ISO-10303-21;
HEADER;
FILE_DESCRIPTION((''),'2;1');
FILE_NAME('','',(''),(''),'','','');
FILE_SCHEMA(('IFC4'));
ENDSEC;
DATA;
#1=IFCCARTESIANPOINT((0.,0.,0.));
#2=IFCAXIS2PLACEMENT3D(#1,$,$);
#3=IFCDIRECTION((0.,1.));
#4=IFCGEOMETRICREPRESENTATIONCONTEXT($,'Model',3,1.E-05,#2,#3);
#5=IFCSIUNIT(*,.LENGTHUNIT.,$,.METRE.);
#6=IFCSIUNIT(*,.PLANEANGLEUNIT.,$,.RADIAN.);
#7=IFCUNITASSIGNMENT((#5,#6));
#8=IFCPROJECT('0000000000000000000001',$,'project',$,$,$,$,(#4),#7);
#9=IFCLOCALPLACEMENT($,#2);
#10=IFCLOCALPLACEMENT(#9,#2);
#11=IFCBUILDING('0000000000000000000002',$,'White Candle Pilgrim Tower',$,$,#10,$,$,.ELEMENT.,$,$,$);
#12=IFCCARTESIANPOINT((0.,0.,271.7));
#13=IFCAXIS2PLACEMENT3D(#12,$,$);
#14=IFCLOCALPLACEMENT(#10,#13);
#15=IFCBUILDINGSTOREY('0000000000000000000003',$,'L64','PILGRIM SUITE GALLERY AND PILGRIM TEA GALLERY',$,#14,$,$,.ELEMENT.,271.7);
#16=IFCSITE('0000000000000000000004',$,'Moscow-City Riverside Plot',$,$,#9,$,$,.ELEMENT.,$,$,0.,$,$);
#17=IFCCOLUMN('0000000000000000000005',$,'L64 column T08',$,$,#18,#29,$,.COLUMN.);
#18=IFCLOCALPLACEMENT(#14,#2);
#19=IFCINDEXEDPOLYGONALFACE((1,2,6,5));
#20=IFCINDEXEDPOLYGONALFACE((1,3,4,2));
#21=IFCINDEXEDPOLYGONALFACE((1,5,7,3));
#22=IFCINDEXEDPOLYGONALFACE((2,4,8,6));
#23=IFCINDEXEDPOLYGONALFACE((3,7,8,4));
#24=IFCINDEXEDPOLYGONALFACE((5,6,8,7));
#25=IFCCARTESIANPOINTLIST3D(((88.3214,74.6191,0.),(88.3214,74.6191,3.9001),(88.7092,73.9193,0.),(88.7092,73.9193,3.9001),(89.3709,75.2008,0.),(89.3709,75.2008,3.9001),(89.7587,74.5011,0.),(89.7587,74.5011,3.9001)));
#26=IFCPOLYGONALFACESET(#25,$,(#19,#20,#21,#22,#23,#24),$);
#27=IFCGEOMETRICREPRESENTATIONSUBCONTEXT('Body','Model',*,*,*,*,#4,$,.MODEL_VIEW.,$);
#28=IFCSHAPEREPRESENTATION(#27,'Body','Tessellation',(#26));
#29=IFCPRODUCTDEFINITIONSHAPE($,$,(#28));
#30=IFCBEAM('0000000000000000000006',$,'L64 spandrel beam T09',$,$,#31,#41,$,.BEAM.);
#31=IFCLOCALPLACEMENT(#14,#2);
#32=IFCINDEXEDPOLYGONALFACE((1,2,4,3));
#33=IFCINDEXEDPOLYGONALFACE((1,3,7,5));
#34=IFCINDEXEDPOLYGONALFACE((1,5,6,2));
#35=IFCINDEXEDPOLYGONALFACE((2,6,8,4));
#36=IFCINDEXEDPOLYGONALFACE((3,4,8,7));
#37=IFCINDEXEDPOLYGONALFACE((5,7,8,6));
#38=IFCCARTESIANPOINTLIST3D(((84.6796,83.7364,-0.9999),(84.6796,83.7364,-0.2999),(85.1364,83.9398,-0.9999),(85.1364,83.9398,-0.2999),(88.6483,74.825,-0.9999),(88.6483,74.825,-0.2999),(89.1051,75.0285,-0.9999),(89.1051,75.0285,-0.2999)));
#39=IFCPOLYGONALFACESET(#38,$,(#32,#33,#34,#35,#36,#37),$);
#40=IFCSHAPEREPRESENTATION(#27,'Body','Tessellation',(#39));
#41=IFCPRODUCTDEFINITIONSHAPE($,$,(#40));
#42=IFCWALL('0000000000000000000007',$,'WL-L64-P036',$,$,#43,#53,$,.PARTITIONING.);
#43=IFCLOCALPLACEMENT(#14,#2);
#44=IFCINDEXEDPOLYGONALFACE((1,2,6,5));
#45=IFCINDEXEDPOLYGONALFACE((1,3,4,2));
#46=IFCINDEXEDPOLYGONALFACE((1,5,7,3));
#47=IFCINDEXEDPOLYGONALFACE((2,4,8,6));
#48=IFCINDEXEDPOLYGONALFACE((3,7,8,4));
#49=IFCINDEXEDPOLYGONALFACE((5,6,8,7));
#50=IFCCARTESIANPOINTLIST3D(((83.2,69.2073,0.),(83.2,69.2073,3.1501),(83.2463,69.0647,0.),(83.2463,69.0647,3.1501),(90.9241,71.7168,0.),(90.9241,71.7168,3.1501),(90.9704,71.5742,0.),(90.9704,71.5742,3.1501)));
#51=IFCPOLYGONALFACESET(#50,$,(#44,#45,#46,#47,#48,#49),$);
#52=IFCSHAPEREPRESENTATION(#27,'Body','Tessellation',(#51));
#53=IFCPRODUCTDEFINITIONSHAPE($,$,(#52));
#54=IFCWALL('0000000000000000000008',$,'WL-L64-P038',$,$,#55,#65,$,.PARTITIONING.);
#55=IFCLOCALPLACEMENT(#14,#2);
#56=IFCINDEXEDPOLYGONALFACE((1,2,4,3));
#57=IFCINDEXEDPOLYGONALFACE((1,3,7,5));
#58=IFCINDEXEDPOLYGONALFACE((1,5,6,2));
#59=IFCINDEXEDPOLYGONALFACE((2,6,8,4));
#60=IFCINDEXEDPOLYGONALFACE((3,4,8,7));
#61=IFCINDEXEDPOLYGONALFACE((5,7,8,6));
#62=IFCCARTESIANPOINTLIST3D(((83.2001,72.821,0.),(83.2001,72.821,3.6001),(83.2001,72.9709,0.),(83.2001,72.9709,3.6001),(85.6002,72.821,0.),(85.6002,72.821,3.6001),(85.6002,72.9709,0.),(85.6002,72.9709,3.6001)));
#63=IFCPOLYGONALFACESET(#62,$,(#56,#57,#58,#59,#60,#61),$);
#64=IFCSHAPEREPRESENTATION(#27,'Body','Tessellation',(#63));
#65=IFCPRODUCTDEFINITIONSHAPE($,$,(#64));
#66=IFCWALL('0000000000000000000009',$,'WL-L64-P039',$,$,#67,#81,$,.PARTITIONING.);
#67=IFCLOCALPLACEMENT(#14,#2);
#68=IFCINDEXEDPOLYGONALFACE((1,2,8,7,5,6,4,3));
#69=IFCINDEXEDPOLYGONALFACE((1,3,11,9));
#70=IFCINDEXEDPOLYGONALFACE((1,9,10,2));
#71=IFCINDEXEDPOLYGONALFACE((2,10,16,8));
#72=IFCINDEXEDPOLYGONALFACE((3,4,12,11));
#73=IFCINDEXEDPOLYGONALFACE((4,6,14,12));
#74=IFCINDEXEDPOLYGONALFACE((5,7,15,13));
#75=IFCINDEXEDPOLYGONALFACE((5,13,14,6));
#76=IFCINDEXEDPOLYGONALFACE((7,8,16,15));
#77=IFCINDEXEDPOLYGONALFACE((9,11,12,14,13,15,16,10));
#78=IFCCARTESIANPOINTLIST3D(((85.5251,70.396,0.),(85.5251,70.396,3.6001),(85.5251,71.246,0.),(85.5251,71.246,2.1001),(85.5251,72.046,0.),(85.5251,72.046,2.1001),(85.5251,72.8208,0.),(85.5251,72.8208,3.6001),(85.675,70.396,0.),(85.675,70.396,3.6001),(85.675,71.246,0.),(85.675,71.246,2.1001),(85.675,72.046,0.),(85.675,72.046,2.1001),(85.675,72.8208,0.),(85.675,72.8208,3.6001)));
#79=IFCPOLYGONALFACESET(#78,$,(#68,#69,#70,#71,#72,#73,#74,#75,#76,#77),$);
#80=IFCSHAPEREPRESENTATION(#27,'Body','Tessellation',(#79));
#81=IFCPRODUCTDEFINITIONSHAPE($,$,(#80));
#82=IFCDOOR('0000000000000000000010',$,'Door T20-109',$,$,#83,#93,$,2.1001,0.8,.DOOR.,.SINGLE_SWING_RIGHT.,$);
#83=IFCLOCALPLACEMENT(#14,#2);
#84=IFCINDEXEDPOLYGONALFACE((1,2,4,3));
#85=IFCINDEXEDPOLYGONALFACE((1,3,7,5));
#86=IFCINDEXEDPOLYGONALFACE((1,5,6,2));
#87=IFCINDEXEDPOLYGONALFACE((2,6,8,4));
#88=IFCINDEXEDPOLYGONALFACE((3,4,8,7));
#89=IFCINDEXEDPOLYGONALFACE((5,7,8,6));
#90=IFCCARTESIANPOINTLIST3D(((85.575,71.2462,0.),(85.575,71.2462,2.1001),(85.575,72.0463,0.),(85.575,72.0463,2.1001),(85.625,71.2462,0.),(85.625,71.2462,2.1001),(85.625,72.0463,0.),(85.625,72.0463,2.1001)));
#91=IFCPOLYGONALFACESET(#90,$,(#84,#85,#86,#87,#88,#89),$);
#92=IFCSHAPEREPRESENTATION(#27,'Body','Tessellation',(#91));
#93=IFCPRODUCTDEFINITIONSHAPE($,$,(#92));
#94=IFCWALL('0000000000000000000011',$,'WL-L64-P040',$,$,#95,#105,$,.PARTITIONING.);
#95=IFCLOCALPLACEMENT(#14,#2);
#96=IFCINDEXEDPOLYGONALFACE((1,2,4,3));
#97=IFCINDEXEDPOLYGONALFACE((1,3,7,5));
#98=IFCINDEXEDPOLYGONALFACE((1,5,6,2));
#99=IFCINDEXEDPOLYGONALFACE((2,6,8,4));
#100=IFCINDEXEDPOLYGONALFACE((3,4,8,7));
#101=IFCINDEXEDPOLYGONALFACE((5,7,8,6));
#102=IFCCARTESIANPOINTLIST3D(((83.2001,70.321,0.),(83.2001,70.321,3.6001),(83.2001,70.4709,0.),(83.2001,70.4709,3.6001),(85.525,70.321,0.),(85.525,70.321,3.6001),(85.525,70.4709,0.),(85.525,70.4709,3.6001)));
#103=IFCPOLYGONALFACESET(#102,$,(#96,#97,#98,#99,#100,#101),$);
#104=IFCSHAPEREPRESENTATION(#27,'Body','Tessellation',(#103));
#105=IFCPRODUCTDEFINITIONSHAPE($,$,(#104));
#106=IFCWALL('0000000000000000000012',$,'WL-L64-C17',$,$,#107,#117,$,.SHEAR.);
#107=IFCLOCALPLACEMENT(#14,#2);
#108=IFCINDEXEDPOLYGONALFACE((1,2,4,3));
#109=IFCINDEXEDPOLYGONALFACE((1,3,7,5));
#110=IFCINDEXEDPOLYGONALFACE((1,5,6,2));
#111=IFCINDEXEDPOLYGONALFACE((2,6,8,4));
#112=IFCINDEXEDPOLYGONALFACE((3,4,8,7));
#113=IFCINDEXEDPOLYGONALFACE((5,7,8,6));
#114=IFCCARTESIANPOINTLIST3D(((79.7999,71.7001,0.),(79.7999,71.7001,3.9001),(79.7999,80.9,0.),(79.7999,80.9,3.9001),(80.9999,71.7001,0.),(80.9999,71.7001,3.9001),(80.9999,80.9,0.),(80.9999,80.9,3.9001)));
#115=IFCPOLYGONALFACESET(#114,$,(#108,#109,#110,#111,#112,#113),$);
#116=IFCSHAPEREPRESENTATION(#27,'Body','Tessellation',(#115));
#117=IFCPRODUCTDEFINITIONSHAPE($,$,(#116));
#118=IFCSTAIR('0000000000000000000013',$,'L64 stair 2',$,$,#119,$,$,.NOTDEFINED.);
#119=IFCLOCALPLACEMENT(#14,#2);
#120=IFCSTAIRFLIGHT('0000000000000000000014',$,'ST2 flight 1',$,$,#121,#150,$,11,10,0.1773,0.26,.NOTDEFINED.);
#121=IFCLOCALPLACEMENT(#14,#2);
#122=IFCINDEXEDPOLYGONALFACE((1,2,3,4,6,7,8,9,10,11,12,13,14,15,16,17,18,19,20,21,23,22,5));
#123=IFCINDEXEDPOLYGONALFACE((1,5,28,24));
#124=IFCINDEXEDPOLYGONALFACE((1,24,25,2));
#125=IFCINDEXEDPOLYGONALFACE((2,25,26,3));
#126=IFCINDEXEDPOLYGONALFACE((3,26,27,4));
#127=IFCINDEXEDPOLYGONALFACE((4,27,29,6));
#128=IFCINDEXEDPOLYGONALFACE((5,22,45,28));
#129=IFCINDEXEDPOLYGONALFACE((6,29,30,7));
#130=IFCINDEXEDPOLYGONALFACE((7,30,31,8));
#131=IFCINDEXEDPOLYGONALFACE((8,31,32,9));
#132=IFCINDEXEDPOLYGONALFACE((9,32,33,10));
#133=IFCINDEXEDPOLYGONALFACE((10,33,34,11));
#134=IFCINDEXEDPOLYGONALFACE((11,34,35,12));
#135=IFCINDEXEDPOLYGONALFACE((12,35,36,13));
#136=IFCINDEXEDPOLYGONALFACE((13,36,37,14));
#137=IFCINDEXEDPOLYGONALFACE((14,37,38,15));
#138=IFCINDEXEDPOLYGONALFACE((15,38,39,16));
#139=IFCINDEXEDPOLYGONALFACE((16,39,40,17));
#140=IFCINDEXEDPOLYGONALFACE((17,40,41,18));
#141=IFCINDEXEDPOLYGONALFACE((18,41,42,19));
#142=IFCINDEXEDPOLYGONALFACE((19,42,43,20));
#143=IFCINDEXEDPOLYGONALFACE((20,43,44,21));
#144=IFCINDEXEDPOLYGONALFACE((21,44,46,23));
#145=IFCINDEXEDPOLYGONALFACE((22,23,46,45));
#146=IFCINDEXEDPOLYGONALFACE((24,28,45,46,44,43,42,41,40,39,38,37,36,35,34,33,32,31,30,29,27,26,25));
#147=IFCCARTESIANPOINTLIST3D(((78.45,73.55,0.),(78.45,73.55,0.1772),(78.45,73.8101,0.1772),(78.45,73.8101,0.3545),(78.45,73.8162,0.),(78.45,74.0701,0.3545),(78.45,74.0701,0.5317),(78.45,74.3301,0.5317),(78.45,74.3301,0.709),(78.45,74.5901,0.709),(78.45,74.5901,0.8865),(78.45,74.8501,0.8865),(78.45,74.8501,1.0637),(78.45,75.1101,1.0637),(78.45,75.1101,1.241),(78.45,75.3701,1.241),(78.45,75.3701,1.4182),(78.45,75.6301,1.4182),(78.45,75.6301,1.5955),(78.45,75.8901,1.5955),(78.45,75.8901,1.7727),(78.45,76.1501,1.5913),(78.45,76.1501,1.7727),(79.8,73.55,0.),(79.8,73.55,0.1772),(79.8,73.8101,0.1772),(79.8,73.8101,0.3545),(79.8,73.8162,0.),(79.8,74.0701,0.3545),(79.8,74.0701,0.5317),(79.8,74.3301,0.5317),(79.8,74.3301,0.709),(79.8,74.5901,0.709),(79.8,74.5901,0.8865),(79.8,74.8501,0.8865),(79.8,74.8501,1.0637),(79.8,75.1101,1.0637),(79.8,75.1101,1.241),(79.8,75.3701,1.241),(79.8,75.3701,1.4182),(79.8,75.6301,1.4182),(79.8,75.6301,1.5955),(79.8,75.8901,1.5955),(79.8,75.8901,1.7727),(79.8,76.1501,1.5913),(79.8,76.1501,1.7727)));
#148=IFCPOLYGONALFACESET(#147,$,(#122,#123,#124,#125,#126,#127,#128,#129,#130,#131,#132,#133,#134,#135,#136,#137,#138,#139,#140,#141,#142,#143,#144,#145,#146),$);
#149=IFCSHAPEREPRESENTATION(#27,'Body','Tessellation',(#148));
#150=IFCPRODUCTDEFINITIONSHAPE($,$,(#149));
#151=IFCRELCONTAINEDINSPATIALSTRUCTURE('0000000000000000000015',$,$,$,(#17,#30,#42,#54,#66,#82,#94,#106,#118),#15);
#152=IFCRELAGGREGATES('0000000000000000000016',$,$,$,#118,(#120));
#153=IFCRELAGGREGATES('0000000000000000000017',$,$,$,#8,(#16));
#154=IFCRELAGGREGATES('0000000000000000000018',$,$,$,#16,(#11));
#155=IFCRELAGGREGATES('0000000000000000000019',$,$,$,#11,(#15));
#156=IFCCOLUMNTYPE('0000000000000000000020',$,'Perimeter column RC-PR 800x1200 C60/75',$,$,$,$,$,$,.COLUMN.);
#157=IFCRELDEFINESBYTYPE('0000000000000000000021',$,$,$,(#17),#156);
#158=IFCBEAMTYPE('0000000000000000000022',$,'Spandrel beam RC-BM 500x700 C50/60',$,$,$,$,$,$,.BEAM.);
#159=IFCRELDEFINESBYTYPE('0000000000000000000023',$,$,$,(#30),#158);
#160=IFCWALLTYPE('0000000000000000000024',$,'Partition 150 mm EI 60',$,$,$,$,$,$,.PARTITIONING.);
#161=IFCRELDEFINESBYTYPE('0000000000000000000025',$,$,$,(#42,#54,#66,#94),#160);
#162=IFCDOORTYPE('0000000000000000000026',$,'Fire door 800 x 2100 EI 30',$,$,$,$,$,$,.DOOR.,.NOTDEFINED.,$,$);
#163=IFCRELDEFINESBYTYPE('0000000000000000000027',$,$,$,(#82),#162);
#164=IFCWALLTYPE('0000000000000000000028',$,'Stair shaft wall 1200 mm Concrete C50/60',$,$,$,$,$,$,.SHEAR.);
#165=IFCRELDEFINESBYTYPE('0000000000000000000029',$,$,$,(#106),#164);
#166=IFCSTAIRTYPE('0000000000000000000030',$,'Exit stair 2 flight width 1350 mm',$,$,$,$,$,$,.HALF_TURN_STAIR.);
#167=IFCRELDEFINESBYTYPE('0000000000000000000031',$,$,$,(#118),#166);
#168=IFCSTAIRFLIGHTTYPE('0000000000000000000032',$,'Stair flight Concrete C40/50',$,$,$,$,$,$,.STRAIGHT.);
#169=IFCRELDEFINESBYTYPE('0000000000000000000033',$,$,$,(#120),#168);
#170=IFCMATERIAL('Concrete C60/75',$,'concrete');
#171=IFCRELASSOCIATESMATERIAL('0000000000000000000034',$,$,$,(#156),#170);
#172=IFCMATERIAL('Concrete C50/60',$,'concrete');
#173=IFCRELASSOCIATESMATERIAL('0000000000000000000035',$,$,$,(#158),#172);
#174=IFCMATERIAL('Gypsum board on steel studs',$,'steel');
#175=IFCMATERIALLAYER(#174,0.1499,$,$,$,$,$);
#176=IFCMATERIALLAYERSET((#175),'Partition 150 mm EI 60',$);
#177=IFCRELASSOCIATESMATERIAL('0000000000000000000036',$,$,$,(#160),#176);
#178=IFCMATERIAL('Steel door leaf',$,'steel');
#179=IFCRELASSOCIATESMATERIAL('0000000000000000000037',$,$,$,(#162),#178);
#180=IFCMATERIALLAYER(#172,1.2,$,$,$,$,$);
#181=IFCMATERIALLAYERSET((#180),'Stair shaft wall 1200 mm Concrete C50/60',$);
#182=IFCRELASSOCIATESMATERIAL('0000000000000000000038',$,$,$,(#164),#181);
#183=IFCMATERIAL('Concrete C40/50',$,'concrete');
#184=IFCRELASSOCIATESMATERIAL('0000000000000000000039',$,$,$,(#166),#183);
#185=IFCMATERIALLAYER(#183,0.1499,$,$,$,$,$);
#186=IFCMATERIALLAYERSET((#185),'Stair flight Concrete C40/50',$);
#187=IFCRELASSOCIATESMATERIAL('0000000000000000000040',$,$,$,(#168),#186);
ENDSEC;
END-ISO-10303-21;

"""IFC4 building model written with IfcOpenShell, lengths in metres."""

from ifc_helpers import new_model, si_unit, direction, frame, frame_2d, origin, origin_2d, place, context, subcontext, project, spatial, polyline, rectangle, outline, extrude, material, layer, layer_set, material_profile, profile_set, type_object, element, fill, aggregate, save


model = new_model("IFC4")

# Units and contexts
model_context = context("Model", 3, precision=1e-05, world=origin(), true_north=direction((0.0, 1.0)))
body_context = subcontext(model_context, "Body", "Model", "MODEL_VIEW")
ifc_project = project(units=[si_unit("LENGTHUNIT", "METRE"), si_unit("PLANEANGLEUNIT", "RADIAN")], contexts=[model_context])

# Site, building, storey
site_placement = place(None, origin())
site = spatial("IfcSite", under=ifc_project, at=site_placement, Name="Moscow-City Riverside Plot", CompositionType="ELEMENT", RefElevation=0.0)
building_placement = place(site_placement, origin())
building = spatial("IfcBuilding", under=site, at=building_placement, Name="White Candle Pilgrim Tower", CompositionType="ELEMENT")
storey_placement = place(building_placement, frame((0.0, 0.0, 271.7)))
storey = spatial("IfcBuildingStorey", under=building, at=storey_placement, Name="L64", Description="PILGRIM SUITE GALLERY AND PILGRIM TEA GALLERY", CompositionType="ELEMENT", Elevation=271.7)

# Column
ifc_material_1 = material(Name="Concrete C60/75", Category="concrete")
ifc_material_profile_1 = material_profile(ifc_material_1, rectangle(XDim=0.8, YDim=1.2, at=origin_2d()), Name="RC-PR 800x1200")
ifc_profile_set_1 = profile_set([ifc_material_profile_1], Name="Concrete C60/75")
column_type = type_object("IfcColumnType", Name="Perimeter column RC-PR 800x1200 C60/75", PredefinedType="COLUMN", material=ifc_profile_set_1)
column_placement = place(storey_placement, frame((89.04, 74.5601, 0.0), z_axis=(0.0, 0.0, 1.0), x_axis=(0.48481, -0.87462, 0.0)))
element("IfcColumn", 1, at=column_placement, inside=storey, type_object=column_type, Name="L64 column T08", PredefinedType="COLUMN", context=body_context, shape_type="SweptSolid", body=[
    extrude(rectangle(XDim=0.8, YDim=1.2, at=origin_2d()), origin(), (0.0, 0.0, 1.0), 3.9001),
])

# Beam
ifc_material_2 = material(Name="Concrete C50/60", Category="concrete")
ifc_material_profile_2 = material_profile(ifc_material_2, rectangle(XDim=0.5, YDim=0.7, at=origin_2d()), Name="RC-BM 500x700")
ifc_profile_set_2 = profile_set([ifc_material_profile_2], Name="Concrete C50/60")
beam_type = type_object("IfcBeamType", Name="Spandrel beam RC-BM 500x700 C50/60", PredefinedType="BEAM", material=ifc_profile_set_2)
beam_placement = place(storey_placement, frame((88.8767, 74.9268, -0.6499), z_axis=(-0.406835, 0.913502, 0.0), x_axis=(-0.913502, -0.406835, 0.0)))
element("IfcBeam", 2, at=beam_placement, inside=storey, type_object=beam_type, Name="L64 spandrel beam T09", PredefinedType="BEAM", context=body_context, shape_type="SweptSolid", body=[
    extrude(rectangle(XDim=0.5, YDim=0.7, at=origin_2d()), origin(), (0.0, 0.0, 1.0), 9.7551),
])

# Walls
ifc_material_3 = material(Name="Gypsum board on steel studs", Category="steel")
ifc_layer_1 = layer(ifc_material_3, 0.1499)
ifc_layer_set_1 = layer_set([ifc_layer_1], Name="Partition 150 mm EI 60")
wall_type_1 = type_object("IfcWallType", Name="Partition 150 mm EI 60", PredefinedType="PARTITIONING", material=ifc_layer_set_1)
wall_1_placement = place(storey_placement, frame((90.9473, 71.6455, 0.0), z_axis=(0.0, 0.0, 1.0), x_axis=(-0.951064, -0.308995, 0.0)))
element("IfcWall", 3, at=wall_1_placement, inside=storey, type_object=wall_type_1, Name="WL-L64-P036", PredefinedType="PARTITIONING", context=body_context, shape_type="SweptSolid", body=[
    extrude(rectangle(XDim=8.1216, YDim=0.1499, at=frame_2d((4.0608, 0.0))), origin(), (0.0, 0.0, 1.0), 3.1501),
])
wall_2_placement = place(storey_placement, frame((83.2, 72.896, 0.0), z_axis=(0.0, 0.0, 1.0), x_axis=(1.0, 0.0, 0.0)))
element("IfcWall", 4, at=wall_2_placement, inside=storey, type_object=wall_type_1, Name="WL-L64-P038", PredefinedType="PARTITIONING", context=body_context, shape_type="SweptSolid", body=[
    extrude(rectangle(XDim=2.4001, YDim=0.1499, at=frame_2d((1.2002, 0.0))), origin(), (0.0, 0.0, 1.0), 3.6001),
])

# Wall, opening, door
wall_3_placement = place(storey_placement, frame((85.6001, 70.396, 0.0), z_axis=(0.0, 0.0, 1.0), x_axis=(0.0, 1.0, 0.0)))
wall_3 = element("IfcWall", 5, at=wall_3_placement, inside=storey, type_object=wall_type_1, Name="WL-L64-P039", PredefinedType="PARTITIONING", context=body_context, shape_type="SweptSolid", body=[
    extrude(rectangle(XDim=2.4248, YDim=0.1499, at=frame_2d((1.2124, 0.0))), origin(), (0.0, 0.0, 1.0), 3.6001),
])
opening_placement = place(wall_3_placement, frame((0.8501, 0.0, 0.0)))
opening = element("IfcOpeningElement", 6, at=opening_placement, cuts=wall_3, PredefinedType="OPENING", context=body_context, shape_type="SweptSolid", body=[
    extrude(rectangle(XDim=0.8, YDim=2.1001, at=frame_2d((0.3999, 1.05))), frame((0.0, 0.085, 0.0), z_axis=(0.0, -1.0, 0.0), x_axis=(1.0, 0.0, 0.0)), (0.0, 0.0, 1.0), 0.1699),
])
ifc_material_4 = material(Name="Steel door leaf", Category="steel")
door_type = type_object("IfcDoorType", Name="Fire door 800 x 2100 EI 30", OperationType="NOTDEFINED", PredefinedType="DOOR", material=ifc_material_4)
door_placement = place(opening_placement, frame((0.8, 0.0, 0.0), z_axis=(0.0, 0.0, 1.0), x_axis=(-1.0, 0.0, 0.0)))
door = element("IfcDoor", 7, at=door_placement, inside=storey, type_object=door_type, Name="Door T20-109", OperationType="SINGLE_SWING_RIGHT", OverallHeight=2.1001, OverallWidth=0.8, PredefinedType="DOOR", context=body_context, shape_type="SweptSolid", body=[
    extrude(rectangle(XDim=0.8, YDim=2.1001, at=frame_2d((0.3999, 1.05))), frame((0.0, 0.0249, 0.0), z_axis=(0.0, -1.0, 0.0), x_axis=(1.0, 0.0, 0.0)), (0.0, 0.0, 1.0), 0.05),
])
fill(opening, door)

# Walls
wall_4_placement = place(storey_placement, frame((83.2, 70.396, 0.0), z_axis=(0.0, 0.0, 1.0), x_axis=(1.0, 0.0, 0.0)))
element("IfcWall", 8, at=wall_4_placement, inside=storey, type_object=wall_type_1, Name="WL-L64-P040", PredefinedType="PARTITIONING", context=body_context, shape_type="SweptSolid", body=[
    extrude(rectangle(XDim=2.325, YDim=0.1499, at=frame_2d((1.1626, 0.0))), origin(), (0.0, 0.0, 1.0), 3.6001),
])
ifc_layer_2 = layer(ifc_material_2, 1.2)
ifc_layer_set_2 = layer_set([ifc_layer_2], Name="Stair shaft wall 1200 mm Concrete C50/60")
wall_type_2 = type_object("IfcWallType", Name="Stair shaft wall 1200 mm Concrete C50/60", PredefinedType="SHEAR", material=ifc_layer_set_2)
wall_5_placement = place(storey_placement, frame((80.3999, 71.7, 0.0), z_axis=(0.0, 0.0, 1.0), x_axis=(0.0, 1.0, 0.0)))
element("IfcWall", 9, at=wall_5_placement, inside=storey, type_object=wall_type_2, Name="WL-L64-C17", PredefinedType="SHEAR", context=body_context, shape_type="SweptSolid", body=[
    extrude(rectangle(XDim=9.2, YDim=1.2, at=frame_2d((4.6001, 0.0))), origin(), (0.0, 0.0, 1.0), 3.9001),
])

# Stair, stair flight
ifc_material_5 = material(Name="Concrete C40/50", Category="concrete")
stair_type = type_object("IfcStairType", Name="Exit stair 2 flight width 1350 mm", PredefinedType="HALF_TURN_STAIR", material=ifc_material_5)
stair_placement = place(storey_placement, origin())
stair = element("IfcStair", 10, at=stair_placement, inside=storey, type_object=stair_type, Name="L64 stair 2", PredefinedType="NOTDEFINED")
ifc_layer_3 = layer(ifc_material_5, 0.1499)
ifc_layer_set_3 = layer_set([ifc_layer_3], Name="Stair flight Concrete C40/50")
stair_flight_type = type_object("IfcStairFlightType", Name="Stair flight Concrete C40/50", PredefinedType="STRAIGHT", material=ifc_layer_set_3)
stair_flight_1_placement = place(storey_placement, frame((79.125, 73.55, 0.0), z_axis=(0.0, 0.0, 1.0), x_axis=(0.0, 1.0, 0.0)))
stair_flight_1 = element("IfcStairFlight", 11, at=stair_flight_1_placement, type_object=stair_flight_type, Name="ST2 flight 1", NumberOfRisers=11, NumberOfTreads=10, PredefinedType="NOTDEFINED", RiserHeight=0.1773, TreadLength=0.26, context=body_context, shape_type="SweptSolid", body=[
    extrude(outline(polyline([(0.0, 0.0), (0.0, 0.1772), (0.26, 0.1772), (0.26, 0.3545), (0.52, 0.3545), (0.52, 0.5317), (0.78, 0.5317), (0.78, 0.709), (1.04, 0.709), (1.04, 0.8865), (1.3, 0.8865), (1.3, 1.0637), (1.5601, 1.0637), (1.5601, 1.241), (1.8201, 1.241), (1.8201, 1.4182), (2.0801, 1.4182), (2.0801, 1.5955), (2.3401, 1.5955), (2.3401, 1.7727), (2.6001, 1.7727), (2.6001, 1.95), (2.6001, 1.5913), (0.2661, 0.0), (0.0, 0.0)])), frame((0.0, 0.675, 0.0), z_axis=(0.0, -1.0, 0.0), x_axis=(1.0, 0.0, 0.0)), (0.0, 0.0, 1.0), 1.3501),
])
aggregate(stair, [stair_flight_1])

save(model, "model.ifc")
